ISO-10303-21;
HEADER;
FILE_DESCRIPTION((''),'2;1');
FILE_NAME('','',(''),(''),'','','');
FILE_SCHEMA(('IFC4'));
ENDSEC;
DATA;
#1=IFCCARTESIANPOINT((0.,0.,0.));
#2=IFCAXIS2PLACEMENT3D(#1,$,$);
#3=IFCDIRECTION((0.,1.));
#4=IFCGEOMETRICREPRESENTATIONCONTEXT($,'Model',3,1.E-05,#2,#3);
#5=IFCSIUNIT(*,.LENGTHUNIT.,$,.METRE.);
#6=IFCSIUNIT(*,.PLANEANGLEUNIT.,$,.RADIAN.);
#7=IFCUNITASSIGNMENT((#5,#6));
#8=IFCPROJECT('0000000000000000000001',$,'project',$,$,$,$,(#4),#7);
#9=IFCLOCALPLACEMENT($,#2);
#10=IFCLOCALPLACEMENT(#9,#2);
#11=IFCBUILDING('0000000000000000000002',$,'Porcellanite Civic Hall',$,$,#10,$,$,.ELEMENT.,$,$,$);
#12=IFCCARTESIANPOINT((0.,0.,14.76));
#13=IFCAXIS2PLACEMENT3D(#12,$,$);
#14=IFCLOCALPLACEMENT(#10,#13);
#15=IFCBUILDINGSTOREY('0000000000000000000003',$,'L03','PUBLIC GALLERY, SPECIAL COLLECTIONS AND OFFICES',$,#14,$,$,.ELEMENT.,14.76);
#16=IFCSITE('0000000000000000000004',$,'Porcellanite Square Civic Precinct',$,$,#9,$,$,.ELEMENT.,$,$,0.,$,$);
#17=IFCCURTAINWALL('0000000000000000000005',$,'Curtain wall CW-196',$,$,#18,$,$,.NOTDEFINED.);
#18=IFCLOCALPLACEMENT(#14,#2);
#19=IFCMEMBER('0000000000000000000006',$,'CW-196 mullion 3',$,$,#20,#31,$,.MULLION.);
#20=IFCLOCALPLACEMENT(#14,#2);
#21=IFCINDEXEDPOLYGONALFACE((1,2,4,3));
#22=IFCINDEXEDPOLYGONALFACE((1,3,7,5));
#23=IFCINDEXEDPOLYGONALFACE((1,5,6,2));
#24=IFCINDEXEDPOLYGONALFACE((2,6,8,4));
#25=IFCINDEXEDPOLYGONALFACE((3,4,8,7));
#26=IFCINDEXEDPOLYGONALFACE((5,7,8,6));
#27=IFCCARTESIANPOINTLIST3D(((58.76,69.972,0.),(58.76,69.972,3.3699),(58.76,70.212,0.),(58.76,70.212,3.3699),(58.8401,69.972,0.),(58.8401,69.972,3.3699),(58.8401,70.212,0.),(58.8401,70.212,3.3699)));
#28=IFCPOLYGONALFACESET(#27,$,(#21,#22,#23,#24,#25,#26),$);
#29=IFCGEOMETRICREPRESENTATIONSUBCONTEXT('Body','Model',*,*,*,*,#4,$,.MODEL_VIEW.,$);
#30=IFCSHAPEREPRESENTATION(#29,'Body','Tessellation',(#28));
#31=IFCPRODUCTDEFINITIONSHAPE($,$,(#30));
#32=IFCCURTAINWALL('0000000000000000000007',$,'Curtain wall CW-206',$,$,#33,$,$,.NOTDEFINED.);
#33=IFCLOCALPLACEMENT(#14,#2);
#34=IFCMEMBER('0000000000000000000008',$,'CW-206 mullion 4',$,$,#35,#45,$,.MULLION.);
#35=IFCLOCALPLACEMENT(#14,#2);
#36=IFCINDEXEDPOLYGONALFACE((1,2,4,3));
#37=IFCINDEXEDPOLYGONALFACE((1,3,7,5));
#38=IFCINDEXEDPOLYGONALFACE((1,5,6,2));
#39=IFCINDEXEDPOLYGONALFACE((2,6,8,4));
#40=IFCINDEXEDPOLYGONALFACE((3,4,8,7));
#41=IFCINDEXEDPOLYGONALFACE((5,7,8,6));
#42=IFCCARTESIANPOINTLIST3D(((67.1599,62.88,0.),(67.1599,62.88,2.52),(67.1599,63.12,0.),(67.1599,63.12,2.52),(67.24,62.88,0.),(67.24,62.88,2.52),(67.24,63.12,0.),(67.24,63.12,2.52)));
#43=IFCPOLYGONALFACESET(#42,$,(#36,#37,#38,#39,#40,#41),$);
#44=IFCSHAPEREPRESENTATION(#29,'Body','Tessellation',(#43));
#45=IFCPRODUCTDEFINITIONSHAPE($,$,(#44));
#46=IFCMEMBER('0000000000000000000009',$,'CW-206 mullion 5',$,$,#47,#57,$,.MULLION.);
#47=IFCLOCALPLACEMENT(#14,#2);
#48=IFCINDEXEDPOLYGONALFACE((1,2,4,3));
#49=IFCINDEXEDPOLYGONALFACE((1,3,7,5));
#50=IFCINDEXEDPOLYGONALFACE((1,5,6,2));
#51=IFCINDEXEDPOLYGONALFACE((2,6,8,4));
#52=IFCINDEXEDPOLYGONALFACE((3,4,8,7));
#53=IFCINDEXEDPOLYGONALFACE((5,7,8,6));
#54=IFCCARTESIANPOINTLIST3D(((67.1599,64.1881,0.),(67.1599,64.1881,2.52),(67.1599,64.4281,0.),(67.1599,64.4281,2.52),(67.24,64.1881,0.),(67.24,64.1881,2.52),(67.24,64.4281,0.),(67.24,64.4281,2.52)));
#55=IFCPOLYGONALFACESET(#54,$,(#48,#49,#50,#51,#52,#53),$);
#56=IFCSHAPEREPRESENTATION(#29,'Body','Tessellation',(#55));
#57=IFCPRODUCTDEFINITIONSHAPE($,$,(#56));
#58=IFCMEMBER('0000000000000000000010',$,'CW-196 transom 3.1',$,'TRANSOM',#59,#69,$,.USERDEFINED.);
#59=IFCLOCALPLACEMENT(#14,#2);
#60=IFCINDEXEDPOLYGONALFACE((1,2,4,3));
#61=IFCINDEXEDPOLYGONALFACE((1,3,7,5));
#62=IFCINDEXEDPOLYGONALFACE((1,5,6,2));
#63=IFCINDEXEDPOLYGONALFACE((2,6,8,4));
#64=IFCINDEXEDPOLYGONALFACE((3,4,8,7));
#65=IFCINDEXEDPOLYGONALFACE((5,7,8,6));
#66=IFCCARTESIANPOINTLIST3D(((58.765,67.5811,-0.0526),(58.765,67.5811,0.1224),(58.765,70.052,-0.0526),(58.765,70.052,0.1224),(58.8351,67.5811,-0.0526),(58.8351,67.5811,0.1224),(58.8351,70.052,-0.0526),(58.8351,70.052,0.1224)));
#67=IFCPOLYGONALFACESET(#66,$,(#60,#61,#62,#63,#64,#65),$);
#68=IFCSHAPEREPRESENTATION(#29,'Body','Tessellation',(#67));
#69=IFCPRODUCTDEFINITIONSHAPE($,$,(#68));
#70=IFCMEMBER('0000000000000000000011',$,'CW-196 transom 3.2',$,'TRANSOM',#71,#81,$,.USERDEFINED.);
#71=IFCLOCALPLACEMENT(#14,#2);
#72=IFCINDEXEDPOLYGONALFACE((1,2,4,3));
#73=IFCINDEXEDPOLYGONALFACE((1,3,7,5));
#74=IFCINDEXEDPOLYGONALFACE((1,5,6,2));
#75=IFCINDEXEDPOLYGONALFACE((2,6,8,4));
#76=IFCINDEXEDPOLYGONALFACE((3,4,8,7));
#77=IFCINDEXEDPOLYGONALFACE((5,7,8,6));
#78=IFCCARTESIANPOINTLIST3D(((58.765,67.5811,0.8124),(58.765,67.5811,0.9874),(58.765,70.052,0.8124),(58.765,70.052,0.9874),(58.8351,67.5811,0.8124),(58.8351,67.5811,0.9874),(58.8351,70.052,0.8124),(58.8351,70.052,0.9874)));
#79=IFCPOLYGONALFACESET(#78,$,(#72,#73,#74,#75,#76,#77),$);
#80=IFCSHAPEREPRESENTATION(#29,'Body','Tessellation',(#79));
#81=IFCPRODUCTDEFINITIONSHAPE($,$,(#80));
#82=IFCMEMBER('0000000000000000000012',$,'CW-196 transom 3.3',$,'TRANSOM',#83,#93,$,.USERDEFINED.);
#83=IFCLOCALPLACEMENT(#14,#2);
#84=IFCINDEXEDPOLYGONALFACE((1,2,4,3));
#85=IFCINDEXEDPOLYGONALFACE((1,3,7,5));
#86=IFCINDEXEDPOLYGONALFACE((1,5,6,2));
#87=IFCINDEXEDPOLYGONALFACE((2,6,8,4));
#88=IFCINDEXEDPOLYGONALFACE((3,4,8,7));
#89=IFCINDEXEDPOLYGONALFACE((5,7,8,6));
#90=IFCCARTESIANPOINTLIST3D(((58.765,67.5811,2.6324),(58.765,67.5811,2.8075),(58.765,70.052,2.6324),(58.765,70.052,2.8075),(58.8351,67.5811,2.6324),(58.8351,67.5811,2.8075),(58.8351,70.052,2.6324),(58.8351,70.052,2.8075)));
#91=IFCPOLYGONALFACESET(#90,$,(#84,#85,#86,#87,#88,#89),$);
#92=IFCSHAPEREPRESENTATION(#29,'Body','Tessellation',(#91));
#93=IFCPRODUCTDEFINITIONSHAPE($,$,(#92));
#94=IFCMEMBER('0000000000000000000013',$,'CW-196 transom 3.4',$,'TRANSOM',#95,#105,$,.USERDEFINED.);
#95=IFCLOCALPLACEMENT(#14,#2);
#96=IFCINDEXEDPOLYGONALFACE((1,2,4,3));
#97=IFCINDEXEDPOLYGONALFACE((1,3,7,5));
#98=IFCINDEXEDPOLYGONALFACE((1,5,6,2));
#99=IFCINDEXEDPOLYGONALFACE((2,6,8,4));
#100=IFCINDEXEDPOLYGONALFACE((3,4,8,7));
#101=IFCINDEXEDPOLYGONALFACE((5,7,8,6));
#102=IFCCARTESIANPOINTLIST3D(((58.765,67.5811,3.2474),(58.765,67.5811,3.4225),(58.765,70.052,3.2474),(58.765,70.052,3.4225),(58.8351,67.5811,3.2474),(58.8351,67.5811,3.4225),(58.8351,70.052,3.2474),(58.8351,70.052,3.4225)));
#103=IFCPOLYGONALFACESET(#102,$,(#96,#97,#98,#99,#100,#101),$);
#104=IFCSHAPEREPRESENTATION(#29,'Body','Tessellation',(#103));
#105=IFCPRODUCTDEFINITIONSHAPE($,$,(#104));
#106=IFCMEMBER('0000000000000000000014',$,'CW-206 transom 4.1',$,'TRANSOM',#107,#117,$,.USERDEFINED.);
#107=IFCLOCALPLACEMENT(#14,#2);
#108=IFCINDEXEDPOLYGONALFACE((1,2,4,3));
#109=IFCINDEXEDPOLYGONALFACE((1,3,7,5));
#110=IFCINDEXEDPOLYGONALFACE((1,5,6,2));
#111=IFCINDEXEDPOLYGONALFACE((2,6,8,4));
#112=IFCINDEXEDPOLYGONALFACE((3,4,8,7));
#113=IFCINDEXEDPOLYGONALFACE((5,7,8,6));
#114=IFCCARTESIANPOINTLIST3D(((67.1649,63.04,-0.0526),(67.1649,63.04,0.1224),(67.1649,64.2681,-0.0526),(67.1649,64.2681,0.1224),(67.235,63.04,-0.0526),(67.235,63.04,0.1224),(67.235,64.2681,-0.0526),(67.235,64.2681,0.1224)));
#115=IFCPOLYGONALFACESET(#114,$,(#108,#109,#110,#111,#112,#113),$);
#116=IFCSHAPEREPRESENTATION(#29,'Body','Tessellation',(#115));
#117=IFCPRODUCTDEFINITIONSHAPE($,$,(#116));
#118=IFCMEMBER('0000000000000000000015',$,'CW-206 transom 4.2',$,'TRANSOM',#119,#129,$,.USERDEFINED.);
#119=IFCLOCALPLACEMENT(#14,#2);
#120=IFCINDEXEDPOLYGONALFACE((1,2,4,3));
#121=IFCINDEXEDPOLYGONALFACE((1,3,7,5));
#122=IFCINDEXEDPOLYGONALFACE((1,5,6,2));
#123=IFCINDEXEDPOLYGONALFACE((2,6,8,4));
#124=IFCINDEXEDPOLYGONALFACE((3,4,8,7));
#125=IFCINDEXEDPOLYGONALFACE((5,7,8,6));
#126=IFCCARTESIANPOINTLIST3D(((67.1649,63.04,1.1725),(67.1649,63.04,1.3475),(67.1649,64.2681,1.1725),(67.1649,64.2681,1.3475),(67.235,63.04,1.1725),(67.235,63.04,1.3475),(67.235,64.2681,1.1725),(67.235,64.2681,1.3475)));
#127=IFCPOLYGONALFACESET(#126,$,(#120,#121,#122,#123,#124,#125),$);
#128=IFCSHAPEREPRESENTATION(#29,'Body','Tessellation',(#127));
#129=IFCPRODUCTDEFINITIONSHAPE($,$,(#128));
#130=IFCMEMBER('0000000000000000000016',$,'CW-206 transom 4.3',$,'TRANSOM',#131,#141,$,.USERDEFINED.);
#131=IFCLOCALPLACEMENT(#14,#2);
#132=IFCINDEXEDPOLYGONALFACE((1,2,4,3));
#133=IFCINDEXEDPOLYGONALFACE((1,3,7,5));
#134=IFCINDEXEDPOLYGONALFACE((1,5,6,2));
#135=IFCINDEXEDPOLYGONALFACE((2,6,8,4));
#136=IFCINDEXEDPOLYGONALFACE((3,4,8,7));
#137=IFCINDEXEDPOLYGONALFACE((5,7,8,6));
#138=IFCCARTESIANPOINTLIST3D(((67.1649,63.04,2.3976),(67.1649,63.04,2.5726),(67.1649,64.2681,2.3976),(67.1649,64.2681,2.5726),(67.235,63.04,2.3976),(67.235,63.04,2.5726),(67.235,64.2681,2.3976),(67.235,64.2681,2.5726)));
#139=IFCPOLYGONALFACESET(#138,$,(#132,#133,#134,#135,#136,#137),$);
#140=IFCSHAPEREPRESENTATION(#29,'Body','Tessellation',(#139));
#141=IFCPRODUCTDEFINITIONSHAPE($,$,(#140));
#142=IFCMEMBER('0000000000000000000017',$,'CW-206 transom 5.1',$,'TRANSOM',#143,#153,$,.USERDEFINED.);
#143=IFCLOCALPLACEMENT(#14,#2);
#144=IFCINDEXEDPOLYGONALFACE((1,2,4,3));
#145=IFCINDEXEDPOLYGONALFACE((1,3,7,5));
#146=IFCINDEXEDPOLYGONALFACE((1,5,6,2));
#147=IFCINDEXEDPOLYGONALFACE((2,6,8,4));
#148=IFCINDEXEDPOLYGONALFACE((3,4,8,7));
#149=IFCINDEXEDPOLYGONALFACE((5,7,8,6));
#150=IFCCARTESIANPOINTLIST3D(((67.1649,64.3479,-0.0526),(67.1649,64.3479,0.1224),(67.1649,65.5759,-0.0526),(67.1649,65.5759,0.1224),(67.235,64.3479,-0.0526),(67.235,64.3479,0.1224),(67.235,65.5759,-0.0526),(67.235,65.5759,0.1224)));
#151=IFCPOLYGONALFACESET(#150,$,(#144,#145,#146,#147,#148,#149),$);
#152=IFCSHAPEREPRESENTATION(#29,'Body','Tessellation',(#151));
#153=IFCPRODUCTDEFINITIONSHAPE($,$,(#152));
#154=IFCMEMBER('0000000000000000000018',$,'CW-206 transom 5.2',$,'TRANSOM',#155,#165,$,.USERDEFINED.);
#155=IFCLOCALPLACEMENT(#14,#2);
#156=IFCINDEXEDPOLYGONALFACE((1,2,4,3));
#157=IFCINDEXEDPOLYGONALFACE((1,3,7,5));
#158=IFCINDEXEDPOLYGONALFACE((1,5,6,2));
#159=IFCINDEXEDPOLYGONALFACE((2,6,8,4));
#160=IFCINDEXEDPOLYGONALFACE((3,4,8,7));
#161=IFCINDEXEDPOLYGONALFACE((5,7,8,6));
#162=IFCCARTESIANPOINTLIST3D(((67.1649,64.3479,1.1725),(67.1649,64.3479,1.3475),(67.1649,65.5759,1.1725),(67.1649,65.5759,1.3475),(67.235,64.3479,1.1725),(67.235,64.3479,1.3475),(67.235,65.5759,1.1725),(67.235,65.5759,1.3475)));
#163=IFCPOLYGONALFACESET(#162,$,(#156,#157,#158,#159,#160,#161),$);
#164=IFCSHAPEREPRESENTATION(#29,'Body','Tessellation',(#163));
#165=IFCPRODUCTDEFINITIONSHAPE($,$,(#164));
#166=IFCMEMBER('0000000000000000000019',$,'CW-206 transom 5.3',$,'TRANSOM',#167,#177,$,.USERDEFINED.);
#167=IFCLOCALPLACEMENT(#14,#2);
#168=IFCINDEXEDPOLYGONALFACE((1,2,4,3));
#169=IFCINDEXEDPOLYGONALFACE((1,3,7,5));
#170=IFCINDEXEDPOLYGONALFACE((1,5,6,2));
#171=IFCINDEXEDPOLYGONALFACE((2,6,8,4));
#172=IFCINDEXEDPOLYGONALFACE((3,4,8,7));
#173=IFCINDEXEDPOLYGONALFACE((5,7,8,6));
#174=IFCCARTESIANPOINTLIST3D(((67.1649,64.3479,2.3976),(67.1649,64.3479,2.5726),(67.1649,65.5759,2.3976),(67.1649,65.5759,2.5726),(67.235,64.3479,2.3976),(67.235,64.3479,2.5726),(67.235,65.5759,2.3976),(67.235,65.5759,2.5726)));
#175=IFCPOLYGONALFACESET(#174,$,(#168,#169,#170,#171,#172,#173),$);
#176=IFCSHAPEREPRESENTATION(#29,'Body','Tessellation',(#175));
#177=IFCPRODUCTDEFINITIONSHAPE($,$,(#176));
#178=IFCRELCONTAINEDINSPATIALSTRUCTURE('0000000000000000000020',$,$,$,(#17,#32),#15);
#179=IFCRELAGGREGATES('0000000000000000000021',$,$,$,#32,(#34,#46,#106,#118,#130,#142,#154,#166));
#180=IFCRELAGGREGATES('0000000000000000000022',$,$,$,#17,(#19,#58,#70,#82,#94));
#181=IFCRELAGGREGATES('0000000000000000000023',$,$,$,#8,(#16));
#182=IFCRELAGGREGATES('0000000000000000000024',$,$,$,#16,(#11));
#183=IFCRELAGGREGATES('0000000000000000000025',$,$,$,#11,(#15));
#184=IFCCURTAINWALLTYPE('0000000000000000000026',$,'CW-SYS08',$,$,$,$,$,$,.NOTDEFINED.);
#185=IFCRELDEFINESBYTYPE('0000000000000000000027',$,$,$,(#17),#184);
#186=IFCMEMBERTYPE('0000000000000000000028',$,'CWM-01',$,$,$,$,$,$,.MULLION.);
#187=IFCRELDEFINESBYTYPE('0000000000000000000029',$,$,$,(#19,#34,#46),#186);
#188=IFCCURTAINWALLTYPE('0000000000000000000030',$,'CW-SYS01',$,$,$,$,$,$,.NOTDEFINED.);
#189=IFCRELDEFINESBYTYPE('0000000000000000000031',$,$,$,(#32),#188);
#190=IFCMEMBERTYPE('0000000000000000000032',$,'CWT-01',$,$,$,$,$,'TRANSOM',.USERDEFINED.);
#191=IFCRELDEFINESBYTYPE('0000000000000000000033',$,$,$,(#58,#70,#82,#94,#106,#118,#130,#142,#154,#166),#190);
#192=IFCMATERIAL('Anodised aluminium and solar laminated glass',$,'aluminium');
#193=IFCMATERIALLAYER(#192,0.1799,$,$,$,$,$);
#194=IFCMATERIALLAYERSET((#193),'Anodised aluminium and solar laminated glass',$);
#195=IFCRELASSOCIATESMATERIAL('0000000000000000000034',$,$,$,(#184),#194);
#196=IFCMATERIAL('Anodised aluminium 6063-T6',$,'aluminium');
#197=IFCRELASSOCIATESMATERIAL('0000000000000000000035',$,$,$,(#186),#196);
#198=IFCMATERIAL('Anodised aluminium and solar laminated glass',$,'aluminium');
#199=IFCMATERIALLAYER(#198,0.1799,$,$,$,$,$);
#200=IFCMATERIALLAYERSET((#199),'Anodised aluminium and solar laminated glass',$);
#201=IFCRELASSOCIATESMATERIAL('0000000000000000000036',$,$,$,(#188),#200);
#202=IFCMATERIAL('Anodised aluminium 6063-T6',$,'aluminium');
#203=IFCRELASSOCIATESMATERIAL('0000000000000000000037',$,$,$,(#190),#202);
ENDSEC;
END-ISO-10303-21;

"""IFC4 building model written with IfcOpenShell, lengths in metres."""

from ifc_helpers import new_model, si_unit, direction, frame, origin, origin_2d, place, context, subcontext, project, spatial, rectangle, extrude, material, layer, layer_set, material_profile, profile_set, type_object, element, aggregate, save


model = new_model("IFC4")

# Units and contexts
model_context = context("Model", 3, precision=1e-05, world=origin(), true_north=direction((0.0, 1.0)))
body_context = subcontext(model_context, "Body", "Model", "MODEL_VIEW")
ifc_project = project(units=[si_unit("LENGTHUNIT", "METRE"), si_unit("PLANEANGLEUNIT", "RADIAN")], contexts=[model_context])

# Site, building, storey
site_placement = place(None, origin())
site = spatial("IfcSite", under=ifc_project, at=site_placement, Name="Porcellanite Square Civic Precinct", CompositionType="ELEMENT", RefElevation=0.0)
building_placement = place(site_placement, origin())
building = spatial("IfcBuilding", under=site, at=building_placement, Name="Porcellanite Civic Hall", CompositionType="ELEMENT")
storey_placement = place(building_placement, frame((0.0, 0.0, 14.76)))
storey = spatial("IfcBuildingStorey", under=building, at=storey_placement, Name="L03", Description="PUBLIC GALLERY, SPECIAL COLLECTIONS AND OFFICES", CompositionType="ELEMENT", Elevation=14.76)

# Curtain wall, member
ifc_material_1 = material(Name="Anodised aluminium and solar laminated glass", Category="aluminium")
ifc_layer_1 = layer(ifc_material_1, 0.1799)
ifc_layer_set_1 = layer_set([ifc_layer_1], Name="Anodised aluminium and solar laminated glass")
curtain_wall_type_1 = type_object("IfcCurtainWallType", Name="CW-SYS08", PredefinedType="NOTDEFINED", material=ifc_layer_set_1)
curtain_wall_1_placement = place(storey_placement, origin())
curtain_wall_1 = element("IfcCurtainWall", 1, at=curtain_wall_1_placement, inside=storey, type_object=curtain_wall_type_1, Name="Curtain wall CW-196", PredefinedType="NOTDEFINED")
ifc_material_2 = material(Name="Anodised aluminium 6063-T6", Category="aluminium")
ifc_material_profile_1 = material_profile(ifc_material_2, rectangle(XDim=0.0801, YDim=0.24, at=origin_2d()), Name="AL-80x240")
ifc_profile_set_1 = profile_set([ifc_material_profile_1], Name="Anodised aluminium 6063-T6")
member_type_1 = type_object("IfcMemberType", Name="CWM-01", PredefinedType="MULLION", material=ifc_profile_set_1)
member_1_placement = place(storey_placement, frame((58.8, 70.092, 0.0), z_axis=(0.0, 0.0, 1.0), x_axis=(1.0, 0.0, 0.0)))
member_1 = element("IfcMember", 2, at=member_1_placement, type_object=member_type_1, Name="CW-196 mullion 3", PredefinedType="MULLION", context=body_context, shape_type="SweptSolid", body=[
    extrude(rectangle(XDim=0.0801, YDim=0.24, at=origin_2d()), origin(), (0.0, 0.0, 1.0), 3.3699),
])

# Curtain wall, members
ifc_material_3 = material(Name="Anodised aluminium and solar laminated glass", Category="aluminium")
ifc_layer_2 = layer(ifc_material_3, 0.1799)
ifc_layer_set_2 = layer_set([ifc_layer_2], Name="Anodised aluminium and solar laminated glass")
curtain_wall_type_2 = type_object("IfcCurtainWallType", Name="CW-SYS01", PredefinedType="NOTDEFINED", material=ifc_layer_set_2)
curtain_wall_2_placement = place(storey_placement, origin())
curtain_wall_2 = element("IfcCurtainWall", 3, at=curtain_wall_2_placement, inside=storey, type_object=curtain_wall_type_2, Name="Curtain wall CW-206", PredefinedType="NOTDEFINED")
member_2_placement = place(storey_placement, frame((67.2, 63.0, 0.0), z_axis=(0.0, 0.0, 1.0), x_axis=(-1.0, 0.0, 0.0)))
member_2 = element("IfcMember", 4, at=member_2_placement, type_object=member_type_1, Name="CW-206 mullion 4", PredefinedType="MULLION", context=body_context, shape_type="SweptSolid", body=[
    extrude(rectangle(XDim=0.0801, YDim=0.24, at=origin_2d()), origin(), (0.0, 0.0, 1.0), 2.52),
])
member_3_placement = place(storey_placement, frame((67.2, 64.3081, 0.0), z_axis=(0.0, 0.0, 1.0), x_axis=(-1.0, 0.0, 0.0)))
member_3 = element("IfcMember", 5, at=member_3_placement, type_object=member_type_1, Name="CW-206 mullion 5", PredefinedType="MULLION", context=body_context, shape_type="SweptSolid", body=[
    extrude(rectangle(XDim=0.0801, YDim=0.24, at=origin_2d()), origin(), (0.0, 0.0, 1.0), 2.52),
])

# Members
ifc_material_4 = material(Name="Anodised aluminium 6063-T6", Category="aluminium")
ifc_material_profile_2 = material_profile(ifc_material_4, rectangle(XDim=0.0701, YDim=0.175, at=origin_2d()), Name="AL-70x175")
ifc_profile_set_2 = profile_set([ifc_material_profile_2], Name="Anodised aluminium 6063-T6")
member_type_2 = type_object("IfcMemberType", Name="CWT-01", ElementType="TRANSOM", PredefinedType="USERDEFINED", material=ifc_profile_set_2)
member_4_placement = place(storey_placement, frame((58.8, 70.052, 0.0349), z_axis=(0.0, -1.0, 0.0), x_axis=(1.0, 0.0, 0.0)))
member_4 = element("IfcMember", 6, at=member_4_placement, type_object=member_type_2, Name="CW-196 transom 3.1", ObjectType="TRANSOM", PredefinedType="USERDEFINED", context=body_context, shape_type="SweptSolid", body=[
    extrude(rectangle(XDim=0.0701, YDim=0.175, at=origin_2d()), origin(), (0.0, 0.0, 1.0), 2.4709),
])
member_5_placement = place(storey_placement, frame((58.8, 70.052, 0.8999), z_axis=(0.0, -1.0, 0.0), x_axis=(1.0, 0.0, 0.0)))
member_5 = element("IfcMember", 7, at=member_5_placement, type_object=member_type_2, Name="CW-196 transom 3.2", ObjectType="TRANSOM", PredefinedType="USERDEFINED", context=body_context, shape_type="SweptSolid", body=[
    extrude(rectangle(XDim=0.0701, YDim=0.175, at=origin_2d()), origin(), (0.0, 0.0, 1.0), 2.4709),
])
member_6_placement = place(storey_placement, frame((58.8, 70.052, 2.72), z_axis=(0.0, -1.0, 0.0), x_axis=(1.0, 0.0, 0.0)))
member_6 = element("IfcMember", 8, at=member_6_placement, type_object=member_type_2, Name="CW-196 transom 3.3", ObjectType="TRANSOM", PredefinedType="USERDEFINED", context=body_context, shape_type="SweptSolid", body=[
    extrude(rectangle(XDim=0.0701, YDim=0.175, at=origin_2d()), origin(), (0.0, 0.0, 1.0), 2.4709),
])
member_7_placement = place(storey_placement, frame((58.8, 70.052, 3.335), z_axis=(0.0, -1.0, 0.0), x_axis=(1.0, 0.0, 0.0)))
member_7 = element("IfcMember", 9, at=member_7_placement, type_object=member_type_2, Name="CW-196 transom 3.4", ObjectType="TRANSOM", PredefinedType="USERDEFINED", context=body_context, shape_type="SweptSolid", body=[
    extrude(rectangle(XDim=0.0701, YDim=0.175, at=origin_2d()), origin(), (0.0, 0.0, 1.0), 2.4709),
])
member_8_placement = place(storey_placement, frame((67.2, 63.04, 0.0349), z_axis=(0.0, 1.0, 0.0), x_axis=(-1.0, 0.0, 0.0)))
member_8 = element("IfcMember", 10, at=member_8_placement, type_object=member_type_2, Name="CW-206 transom 4.1", ObjectType="TRANSOM", PredefinedType="USERDEFINED", context=body_context, shape_type="SweptSolid", body=[
    extrude(rectangle(XDim=0.0701, YDim=0.175, at=origin_2d()), origin(), (0.0, 0.0, 1.0), 1.228),
])
member_9_placement = place(storey_placement, frame((67.2, 63.04, 1.26), z_axis=(0.0, 1.0, 0.0), x_axis=(-1.0, 0.0, 0.0)))
member_9 = element("IfcMember", 11, at=member_9_placement, type_object=member_type_2, Name="CW-206 transom 4.2", ObjectType="TRANSOM", PredefinedType="USERDEFINED", context=body_context, shape_type="SweptSolid", body=[
    extrude(rectangle(XDim=0.0701, YDim=0.175, at=origin_2d()), origin(), (0.0, 0.0, 1.0), 1.228),
])
member_10_placement = place(storey_placement, frame((67.2, 63.04, 2.4851), z_axis=(0.0, 1.0, 0.0), x_axis=(-1.0, 0.0, 0.0)))
member_10 = element("IfcMember", 12, at=member_10_placement, type_object=member_type_2, Name="CW-206 transom 4.3", ObjectType="TRANSOM", PredefinedType="USERDEFINED", context=body_context, shape_type="SweptSolid", body=[
    extrude(rectangle(XDim=0.0701, YDim=0.175, at=origin_2d()), origin(), (0.0, 0.0, 1.0), 1.228),
])
member_11_placement = place(storey_placement, frame((67.2, 64.3479, 0.0349), z_axis=(0.0, 1.0, 0.0), x_axis=(-1.0, 0.0, 0.0)))
member_11 = element("IfcMember", 13, at=member_11_placement, type_object=member_type_2, Name="CW-206 transom 5.1", ObjectType="TRANSOM", PredefinedType="USERDEFINED", context=body_context, shape_type="SweptSolid", body=[
    extrude(rectangle(XDim=0.0701, YDim=0.175, at=origin_2d()), origin(), (0.0, 0.0, 1.0), 1.228),
])
member_12_placement = place(storey_placement, frame((67.2, 64.3479, 1.26), z_axis=(0.0, 1.0, 0.0), x_axis=(-1.0, 0.0, 0.0)))
member_12 = element("IfcMember", 14, at=member_12_placement, type_object=member_type_2, Name="CW-206 transom 5.2", ObjectType="TRANSOM", PredefinedType="USERDEFINED", context=body_context, shape_type="SweptSolid", body=[
    extrude(rectangle(XDim=0.0701, YDim=0.175, at=origin_2d()), origin(), (0.0, 0.0, 1.0), 1.228),
])
member_13_placement = place(storey_placement, frame((67.2, 64.3479, 2.4851), z_axis=(0.0, 1.0, 0.0), x_axis=(-1.0, 0.0, 0.0)))
member_13 = element("IfcMember", 15, at=member_13_placement, type_object=member_type_2, Name="CW-206 transom 5.3", ObjectType="TRANSOM", PredefinedType="USERDEFINED", context=body_context, shape_type="SweptSolid", body=[
    extrude(rectangle(XDim=0.0701, YDim=0.175, at=origin_2d()), origin(), (0.0, 0.0, 1.0), 1.228),
])

aggregate(curtain_wall_2, [member_2, member_3, member_8, member_9, member_10, member_11, member_12, member_13])
aggregate(curtain_wall_1, [member_1, member_4, member_5, member_6, member_7])

save(model, "model.ifc")
